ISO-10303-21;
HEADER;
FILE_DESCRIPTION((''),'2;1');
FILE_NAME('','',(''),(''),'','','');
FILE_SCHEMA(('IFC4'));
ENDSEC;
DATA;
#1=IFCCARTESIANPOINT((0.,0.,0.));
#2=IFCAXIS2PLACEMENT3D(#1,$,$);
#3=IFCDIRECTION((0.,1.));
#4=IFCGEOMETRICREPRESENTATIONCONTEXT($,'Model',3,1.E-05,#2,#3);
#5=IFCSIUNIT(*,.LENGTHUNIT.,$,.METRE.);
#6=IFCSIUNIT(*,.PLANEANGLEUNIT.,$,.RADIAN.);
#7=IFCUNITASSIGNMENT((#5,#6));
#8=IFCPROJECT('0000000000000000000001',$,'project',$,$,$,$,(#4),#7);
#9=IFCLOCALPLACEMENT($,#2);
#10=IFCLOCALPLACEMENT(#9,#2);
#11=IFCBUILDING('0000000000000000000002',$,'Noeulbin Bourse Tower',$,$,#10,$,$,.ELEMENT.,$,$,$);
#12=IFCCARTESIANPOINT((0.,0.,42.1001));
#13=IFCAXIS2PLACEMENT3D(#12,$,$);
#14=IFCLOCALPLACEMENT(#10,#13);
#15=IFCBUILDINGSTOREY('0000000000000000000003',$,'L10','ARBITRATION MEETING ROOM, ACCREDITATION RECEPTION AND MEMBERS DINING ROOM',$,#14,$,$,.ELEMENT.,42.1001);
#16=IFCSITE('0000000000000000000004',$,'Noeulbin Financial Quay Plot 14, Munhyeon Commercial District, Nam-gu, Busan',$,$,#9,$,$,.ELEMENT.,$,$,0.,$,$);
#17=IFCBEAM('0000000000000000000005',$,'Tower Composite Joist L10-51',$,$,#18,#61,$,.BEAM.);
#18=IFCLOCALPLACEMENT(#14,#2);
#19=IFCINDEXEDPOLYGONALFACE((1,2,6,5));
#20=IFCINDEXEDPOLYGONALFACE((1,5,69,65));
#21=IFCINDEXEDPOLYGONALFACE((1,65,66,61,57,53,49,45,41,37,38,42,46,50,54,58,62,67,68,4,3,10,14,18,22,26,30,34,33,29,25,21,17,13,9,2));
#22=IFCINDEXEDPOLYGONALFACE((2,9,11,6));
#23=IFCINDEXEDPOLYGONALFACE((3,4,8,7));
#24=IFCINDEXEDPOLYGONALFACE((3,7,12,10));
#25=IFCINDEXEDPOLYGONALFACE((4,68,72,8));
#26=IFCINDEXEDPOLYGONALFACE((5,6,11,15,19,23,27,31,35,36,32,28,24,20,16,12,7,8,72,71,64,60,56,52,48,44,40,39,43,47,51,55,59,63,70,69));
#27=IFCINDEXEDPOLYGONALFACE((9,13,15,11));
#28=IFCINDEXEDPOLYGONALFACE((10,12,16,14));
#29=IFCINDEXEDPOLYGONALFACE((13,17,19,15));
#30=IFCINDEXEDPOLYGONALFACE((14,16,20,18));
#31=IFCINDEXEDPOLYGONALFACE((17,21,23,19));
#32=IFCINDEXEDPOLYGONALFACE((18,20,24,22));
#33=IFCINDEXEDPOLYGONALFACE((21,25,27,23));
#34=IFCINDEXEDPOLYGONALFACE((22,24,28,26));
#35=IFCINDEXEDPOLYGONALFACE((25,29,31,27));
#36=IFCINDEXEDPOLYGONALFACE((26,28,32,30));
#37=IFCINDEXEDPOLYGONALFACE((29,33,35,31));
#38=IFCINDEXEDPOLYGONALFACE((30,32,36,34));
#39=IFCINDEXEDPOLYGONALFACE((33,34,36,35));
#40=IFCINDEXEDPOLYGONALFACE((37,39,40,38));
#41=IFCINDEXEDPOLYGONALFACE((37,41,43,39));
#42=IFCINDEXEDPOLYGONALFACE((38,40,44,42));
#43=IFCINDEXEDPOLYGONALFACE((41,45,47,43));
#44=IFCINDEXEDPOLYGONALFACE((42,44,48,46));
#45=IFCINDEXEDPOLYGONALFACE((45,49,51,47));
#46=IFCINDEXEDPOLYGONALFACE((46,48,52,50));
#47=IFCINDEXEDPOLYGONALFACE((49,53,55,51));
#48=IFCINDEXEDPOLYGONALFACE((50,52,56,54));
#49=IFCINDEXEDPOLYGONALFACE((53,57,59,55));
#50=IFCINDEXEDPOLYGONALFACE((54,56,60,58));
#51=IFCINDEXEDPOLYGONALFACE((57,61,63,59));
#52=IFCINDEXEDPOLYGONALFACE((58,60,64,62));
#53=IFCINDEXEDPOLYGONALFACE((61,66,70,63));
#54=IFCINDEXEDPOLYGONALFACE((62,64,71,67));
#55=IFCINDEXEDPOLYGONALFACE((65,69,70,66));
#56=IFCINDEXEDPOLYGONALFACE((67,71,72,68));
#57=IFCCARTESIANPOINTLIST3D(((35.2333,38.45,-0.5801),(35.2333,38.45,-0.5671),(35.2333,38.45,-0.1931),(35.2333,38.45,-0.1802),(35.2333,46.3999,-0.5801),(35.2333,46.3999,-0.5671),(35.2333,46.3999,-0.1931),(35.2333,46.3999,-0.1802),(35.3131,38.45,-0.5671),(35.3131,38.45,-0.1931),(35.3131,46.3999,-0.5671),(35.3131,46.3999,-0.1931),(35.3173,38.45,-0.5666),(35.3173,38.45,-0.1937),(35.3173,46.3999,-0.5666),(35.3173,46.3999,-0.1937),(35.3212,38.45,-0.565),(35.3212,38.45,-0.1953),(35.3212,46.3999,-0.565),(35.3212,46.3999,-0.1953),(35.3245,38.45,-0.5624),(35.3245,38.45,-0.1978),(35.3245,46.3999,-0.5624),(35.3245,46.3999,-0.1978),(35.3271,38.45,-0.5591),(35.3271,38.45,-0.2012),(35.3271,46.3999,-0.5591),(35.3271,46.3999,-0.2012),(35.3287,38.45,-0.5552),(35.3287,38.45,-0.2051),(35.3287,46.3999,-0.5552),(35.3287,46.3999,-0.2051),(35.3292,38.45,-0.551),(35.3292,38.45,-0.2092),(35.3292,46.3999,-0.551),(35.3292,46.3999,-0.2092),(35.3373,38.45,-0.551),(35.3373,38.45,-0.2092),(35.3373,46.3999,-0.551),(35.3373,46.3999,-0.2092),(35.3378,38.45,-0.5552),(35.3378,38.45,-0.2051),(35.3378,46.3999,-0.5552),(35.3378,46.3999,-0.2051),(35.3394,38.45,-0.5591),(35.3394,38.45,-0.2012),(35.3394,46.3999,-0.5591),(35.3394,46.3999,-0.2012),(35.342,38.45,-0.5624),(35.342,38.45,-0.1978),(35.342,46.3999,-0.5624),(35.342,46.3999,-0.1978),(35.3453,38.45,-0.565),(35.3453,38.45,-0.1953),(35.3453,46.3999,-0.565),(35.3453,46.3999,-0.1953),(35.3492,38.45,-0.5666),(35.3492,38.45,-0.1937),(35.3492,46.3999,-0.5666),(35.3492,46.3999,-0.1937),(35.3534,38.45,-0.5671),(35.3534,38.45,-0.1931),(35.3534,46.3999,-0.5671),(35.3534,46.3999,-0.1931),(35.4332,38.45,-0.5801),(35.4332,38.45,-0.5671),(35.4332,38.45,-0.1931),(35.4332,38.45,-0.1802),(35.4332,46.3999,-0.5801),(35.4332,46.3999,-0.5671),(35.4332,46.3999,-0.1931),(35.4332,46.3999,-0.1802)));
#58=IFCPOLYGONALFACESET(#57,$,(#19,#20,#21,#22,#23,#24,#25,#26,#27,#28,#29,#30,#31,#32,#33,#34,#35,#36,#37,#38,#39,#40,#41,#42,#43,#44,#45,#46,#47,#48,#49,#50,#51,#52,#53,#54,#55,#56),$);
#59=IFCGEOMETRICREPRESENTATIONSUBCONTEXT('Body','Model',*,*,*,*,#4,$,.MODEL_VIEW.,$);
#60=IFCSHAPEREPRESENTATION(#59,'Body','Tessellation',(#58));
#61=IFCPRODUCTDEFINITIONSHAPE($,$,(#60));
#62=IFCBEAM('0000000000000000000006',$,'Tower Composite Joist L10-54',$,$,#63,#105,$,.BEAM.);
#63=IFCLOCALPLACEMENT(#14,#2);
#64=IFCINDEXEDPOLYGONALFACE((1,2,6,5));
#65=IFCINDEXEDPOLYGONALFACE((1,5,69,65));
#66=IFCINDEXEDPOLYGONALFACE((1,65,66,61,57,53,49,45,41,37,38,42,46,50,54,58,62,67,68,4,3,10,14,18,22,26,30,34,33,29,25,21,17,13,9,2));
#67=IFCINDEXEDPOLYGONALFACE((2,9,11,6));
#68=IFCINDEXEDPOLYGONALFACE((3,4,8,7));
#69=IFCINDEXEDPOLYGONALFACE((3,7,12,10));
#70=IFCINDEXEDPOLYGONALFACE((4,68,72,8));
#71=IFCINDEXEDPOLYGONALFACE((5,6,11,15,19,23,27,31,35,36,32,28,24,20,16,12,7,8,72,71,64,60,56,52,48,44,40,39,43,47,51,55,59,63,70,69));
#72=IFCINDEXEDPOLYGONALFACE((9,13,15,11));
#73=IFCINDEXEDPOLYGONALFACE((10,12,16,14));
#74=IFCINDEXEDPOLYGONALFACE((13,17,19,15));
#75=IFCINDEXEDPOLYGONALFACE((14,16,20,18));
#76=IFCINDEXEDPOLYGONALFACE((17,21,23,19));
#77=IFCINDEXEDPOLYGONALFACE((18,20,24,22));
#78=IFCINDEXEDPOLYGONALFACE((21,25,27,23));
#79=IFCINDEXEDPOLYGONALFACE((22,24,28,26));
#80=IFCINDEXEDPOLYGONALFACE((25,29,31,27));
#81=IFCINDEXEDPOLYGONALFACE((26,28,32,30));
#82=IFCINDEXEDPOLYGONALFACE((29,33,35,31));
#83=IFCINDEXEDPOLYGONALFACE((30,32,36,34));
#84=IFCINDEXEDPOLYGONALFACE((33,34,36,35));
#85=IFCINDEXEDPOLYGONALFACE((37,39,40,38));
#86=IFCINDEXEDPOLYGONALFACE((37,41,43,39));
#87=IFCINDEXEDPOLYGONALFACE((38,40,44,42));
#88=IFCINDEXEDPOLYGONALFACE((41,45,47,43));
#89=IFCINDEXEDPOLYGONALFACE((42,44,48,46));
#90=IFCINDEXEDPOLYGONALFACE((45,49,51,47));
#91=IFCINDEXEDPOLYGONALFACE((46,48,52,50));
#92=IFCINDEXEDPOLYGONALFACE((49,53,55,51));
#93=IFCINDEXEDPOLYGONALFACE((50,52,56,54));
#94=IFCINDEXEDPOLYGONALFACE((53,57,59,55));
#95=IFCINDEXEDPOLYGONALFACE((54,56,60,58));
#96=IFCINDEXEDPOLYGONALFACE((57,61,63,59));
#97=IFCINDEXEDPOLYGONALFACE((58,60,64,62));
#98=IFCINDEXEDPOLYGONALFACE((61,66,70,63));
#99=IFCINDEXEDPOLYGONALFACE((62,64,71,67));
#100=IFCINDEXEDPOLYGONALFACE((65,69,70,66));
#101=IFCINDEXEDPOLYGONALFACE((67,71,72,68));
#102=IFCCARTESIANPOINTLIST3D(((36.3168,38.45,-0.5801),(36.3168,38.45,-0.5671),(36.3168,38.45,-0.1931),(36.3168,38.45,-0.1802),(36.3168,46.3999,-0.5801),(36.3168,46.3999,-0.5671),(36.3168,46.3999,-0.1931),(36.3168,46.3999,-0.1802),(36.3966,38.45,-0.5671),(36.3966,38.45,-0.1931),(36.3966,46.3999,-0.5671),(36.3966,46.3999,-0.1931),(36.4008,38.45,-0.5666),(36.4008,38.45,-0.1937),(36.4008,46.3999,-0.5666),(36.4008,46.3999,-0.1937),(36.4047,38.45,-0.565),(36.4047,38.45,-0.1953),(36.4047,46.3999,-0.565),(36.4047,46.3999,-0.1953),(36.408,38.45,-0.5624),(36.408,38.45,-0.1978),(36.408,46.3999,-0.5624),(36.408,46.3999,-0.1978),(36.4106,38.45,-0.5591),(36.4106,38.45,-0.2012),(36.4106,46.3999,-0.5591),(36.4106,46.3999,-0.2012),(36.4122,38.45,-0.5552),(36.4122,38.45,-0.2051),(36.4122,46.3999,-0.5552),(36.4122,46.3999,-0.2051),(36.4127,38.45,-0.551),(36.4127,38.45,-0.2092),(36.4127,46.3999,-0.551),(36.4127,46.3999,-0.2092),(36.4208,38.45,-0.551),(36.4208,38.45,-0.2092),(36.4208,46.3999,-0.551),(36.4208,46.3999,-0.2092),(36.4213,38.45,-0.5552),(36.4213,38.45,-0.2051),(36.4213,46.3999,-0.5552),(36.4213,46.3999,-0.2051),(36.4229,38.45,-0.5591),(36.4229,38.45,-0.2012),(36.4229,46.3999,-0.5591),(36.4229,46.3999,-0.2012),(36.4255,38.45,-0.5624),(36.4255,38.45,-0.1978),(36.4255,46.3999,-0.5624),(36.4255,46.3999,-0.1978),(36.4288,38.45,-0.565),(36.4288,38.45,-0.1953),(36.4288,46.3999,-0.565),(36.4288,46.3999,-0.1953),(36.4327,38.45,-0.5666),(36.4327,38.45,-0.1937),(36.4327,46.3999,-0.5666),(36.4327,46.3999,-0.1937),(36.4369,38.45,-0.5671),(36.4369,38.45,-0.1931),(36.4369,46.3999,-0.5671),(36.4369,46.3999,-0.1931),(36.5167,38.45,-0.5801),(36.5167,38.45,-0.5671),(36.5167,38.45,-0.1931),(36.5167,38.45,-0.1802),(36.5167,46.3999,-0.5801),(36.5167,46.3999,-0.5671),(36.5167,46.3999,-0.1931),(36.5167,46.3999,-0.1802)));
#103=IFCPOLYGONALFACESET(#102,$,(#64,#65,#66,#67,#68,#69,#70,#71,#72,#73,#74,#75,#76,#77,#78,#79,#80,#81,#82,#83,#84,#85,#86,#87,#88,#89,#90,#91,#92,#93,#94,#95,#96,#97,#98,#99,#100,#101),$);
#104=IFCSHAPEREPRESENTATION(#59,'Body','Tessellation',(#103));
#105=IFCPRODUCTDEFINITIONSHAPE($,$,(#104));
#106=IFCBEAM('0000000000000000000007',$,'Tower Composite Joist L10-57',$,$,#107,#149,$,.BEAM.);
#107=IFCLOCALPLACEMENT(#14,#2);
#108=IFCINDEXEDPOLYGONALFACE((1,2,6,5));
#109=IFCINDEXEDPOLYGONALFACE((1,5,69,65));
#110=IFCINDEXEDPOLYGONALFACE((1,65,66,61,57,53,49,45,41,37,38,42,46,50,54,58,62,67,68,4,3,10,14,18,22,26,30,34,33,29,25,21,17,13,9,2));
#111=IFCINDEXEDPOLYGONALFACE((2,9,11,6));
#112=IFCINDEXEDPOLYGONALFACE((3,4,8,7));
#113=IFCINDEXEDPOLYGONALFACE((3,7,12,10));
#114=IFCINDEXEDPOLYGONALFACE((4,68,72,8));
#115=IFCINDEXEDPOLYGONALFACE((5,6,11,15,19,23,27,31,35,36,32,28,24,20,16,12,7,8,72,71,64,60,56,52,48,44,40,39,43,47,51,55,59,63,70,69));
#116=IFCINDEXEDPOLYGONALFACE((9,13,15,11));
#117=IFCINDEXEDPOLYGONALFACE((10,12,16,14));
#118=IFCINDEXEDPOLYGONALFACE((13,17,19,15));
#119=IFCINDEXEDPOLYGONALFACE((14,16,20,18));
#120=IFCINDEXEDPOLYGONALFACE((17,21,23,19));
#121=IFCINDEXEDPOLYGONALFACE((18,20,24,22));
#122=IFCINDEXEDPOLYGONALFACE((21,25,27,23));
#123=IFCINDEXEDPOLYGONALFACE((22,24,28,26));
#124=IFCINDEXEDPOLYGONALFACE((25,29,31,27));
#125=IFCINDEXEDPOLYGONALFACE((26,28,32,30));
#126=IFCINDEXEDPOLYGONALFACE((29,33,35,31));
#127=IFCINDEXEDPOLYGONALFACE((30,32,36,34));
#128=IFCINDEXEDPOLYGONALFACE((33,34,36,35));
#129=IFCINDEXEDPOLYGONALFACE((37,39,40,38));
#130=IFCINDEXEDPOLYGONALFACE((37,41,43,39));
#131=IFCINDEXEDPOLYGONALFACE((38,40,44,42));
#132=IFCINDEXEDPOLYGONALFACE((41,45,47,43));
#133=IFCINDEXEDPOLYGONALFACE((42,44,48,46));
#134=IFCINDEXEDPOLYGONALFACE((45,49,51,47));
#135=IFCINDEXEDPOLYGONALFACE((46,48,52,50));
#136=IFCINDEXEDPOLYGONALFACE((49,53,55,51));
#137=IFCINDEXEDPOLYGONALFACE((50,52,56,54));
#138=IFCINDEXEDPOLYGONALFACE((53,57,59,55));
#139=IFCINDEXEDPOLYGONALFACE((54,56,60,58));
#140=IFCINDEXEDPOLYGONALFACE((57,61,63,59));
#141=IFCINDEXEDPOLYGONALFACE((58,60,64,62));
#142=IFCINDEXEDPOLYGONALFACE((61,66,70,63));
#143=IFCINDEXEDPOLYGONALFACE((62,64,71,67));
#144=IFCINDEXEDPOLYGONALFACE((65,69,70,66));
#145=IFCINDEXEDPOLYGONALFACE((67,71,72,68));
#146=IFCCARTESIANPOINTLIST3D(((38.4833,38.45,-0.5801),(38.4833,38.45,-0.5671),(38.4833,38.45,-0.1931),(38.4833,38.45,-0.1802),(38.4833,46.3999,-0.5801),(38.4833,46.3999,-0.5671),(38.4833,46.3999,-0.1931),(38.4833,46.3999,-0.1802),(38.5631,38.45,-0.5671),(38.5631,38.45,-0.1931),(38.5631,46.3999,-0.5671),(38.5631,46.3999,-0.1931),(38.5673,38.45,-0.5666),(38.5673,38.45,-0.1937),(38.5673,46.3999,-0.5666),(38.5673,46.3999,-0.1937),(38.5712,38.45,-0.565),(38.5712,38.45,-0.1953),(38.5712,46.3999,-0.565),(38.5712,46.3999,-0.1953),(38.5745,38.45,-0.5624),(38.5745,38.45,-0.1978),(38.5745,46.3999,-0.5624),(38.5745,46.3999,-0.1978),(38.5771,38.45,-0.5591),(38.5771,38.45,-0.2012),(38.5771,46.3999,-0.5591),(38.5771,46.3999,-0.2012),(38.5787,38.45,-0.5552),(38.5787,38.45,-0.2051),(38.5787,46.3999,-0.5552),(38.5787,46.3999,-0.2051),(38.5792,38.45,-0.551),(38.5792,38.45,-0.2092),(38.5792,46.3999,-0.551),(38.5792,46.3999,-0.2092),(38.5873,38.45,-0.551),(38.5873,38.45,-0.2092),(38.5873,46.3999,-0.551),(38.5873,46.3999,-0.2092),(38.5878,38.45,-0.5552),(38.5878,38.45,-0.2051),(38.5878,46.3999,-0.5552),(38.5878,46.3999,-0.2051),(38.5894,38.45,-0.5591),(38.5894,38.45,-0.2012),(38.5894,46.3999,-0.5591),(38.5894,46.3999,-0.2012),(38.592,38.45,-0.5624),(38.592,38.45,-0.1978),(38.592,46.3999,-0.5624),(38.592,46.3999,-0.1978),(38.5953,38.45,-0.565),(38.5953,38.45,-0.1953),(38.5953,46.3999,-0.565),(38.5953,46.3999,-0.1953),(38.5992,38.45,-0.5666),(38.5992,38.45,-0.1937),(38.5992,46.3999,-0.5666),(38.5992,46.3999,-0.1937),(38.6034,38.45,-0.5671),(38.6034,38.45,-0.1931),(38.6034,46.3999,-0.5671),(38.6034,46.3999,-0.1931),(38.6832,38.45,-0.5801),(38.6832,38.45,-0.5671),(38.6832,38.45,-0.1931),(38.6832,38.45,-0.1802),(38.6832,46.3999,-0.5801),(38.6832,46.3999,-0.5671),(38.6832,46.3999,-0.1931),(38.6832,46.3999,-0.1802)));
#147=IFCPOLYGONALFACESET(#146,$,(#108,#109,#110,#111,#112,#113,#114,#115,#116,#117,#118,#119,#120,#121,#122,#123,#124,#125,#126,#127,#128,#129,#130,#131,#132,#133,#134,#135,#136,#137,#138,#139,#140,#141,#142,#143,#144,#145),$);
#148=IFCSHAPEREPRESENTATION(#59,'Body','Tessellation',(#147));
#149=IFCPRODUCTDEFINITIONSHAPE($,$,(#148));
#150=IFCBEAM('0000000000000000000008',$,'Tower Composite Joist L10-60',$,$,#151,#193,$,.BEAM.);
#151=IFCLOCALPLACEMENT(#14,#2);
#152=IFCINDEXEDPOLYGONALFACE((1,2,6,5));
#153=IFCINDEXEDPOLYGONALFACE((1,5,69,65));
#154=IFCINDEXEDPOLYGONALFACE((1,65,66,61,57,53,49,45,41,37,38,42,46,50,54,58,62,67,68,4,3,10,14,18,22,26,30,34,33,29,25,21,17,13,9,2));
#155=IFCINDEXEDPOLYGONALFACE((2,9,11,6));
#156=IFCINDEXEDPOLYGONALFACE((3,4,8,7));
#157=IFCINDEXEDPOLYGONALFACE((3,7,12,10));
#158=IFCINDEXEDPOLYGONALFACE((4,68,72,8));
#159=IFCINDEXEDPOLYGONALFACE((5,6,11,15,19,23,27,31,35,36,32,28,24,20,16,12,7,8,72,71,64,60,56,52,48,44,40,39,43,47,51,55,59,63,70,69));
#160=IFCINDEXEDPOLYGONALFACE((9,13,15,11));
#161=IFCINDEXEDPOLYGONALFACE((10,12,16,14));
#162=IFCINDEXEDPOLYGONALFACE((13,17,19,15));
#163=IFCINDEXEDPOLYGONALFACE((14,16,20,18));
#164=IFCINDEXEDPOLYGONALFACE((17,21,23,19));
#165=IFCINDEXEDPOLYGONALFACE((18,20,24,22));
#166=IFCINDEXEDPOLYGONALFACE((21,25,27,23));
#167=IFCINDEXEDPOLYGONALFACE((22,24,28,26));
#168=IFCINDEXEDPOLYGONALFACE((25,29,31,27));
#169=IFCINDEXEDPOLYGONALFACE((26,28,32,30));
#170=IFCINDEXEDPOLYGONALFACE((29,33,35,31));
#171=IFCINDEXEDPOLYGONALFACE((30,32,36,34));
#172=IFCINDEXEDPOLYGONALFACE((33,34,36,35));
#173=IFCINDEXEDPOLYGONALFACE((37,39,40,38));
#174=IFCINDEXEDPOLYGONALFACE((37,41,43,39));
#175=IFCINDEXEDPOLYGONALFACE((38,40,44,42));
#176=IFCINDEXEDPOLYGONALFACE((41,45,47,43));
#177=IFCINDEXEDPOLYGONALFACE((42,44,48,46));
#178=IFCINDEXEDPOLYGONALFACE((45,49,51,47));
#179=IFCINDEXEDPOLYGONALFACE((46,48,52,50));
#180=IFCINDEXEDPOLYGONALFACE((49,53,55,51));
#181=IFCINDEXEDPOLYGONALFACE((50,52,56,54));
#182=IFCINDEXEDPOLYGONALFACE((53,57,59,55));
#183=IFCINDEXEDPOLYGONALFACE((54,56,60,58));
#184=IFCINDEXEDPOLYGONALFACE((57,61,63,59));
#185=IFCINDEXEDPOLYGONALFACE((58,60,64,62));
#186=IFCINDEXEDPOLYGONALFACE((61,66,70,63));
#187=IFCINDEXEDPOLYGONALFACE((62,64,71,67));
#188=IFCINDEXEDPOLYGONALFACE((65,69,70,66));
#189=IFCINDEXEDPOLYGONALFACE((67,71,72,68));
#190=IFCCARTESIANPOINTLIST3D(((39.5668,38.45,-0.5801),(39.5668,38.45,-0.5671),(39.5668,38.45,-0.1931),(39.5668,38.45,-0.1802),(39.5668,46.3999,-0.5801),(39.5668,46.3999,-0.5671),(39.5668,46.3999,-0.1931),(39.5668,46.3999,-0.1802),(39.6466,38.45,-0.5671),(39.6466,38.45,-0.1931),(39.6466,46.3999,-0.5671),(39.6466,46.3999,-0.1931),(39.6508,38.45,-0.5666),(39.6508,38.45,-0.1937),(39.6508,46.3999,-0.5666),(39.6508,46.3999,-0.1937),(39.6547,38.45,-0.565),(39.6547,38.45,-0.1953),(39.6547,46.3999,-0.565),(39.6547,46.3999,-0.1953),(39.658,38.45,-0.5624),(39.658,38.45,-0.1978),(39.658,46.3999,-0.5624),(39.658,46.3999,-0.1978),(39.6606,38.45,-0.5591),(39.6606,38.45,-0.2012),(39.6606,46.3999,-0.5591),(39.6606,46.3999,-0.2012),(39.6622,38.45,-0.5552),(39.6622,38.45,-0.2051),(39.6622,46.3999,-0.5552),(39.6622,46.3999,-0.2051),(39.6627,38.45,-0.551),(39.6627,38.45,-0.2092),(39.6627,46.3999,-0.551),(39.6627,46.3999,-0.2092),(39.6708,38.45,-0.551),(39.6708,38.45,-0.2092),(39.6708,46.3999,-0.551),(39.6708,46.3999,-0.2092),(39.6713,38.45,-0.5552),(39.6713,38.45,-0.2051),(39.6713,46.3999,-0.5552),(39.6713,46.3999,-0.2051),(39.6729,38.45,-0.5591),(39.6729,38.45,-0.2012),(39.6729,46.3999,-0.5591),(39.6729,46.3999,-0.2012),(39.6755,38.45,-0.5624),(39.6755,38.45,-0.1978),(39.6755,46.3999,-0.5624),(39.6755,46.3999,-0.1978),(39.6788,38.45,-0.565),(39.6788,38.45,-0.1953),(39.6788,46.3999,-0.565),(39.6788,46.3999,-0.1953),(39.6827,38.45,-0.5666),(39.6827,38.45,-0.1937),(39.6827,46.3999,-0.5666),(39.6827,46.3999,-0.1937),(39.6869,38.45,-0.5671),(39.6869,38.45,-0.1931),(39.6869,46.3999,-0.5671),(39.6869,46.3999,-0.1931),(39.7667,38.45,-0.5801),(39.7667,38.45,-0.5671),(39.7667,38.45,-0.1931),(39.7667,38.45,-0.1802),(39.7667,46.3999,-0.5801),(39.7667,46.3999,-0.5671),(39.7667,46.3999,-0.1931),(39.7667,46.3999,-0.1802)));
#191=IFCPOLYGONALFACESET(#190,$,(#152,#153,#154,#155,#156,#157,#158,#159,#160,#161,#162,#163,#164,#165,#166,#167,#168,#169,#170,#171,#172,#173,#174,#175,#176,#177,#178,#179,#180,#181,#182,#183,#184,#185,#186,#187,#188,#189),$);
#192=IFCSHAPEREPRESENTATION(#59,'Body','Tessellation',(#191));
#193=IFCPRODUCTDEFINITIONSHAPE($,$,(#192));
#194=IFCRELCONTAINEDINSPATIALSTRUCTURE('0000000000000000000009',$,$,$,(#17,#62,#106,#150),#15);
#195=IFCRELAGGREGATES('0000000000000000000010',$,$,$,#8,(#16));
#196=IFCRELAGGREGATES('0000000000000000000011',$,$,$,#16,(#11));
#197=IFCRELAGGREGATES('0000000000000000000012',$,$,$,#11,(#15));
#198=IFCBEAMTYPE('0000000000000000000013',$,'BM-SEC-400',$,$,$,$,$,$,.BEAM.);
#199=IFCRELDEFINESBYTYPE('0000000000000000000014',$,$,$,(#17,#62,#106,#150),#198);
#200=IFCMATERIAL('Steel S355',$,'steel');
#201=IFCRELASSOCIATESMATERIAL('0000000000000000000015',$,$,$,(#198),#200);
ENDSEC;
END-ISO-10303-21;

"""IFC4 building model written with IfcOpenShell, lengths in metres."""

from ifc_helpers import new_model, si_unit, direction, frame, origin, origin_2d, place, context, subcontext, project, spatial, i_section, extrude, material, material_profile, profile_set, type_object, element, save


model = new_model("IFC4")

# Units and contexts
model_context = context("Model", 3, precision=1e-05, world=origin(), true_north=direction((0.0, 1.0)))
body_context = subcontext(model_context, "Body", "Model", "MODEL_VIEW")
ifc_project = project(units=[si_unit("LENGTHUNIT", "METRE"), si_unit("PLANEANGLEUNIT", "RADIAN")], contexts=[model_context])

# Site, building, storey
site_placement = place(None, origin())
site = spatial("IfcSite", under=ifc_project, at=site_placement, Name="Noeulbin Financial Quay Plot 14, Munhyeon Commercial District, Nam-gu, Busan", CompositionType="ELEMENT", RefElevation=0.0)
building_placement = place(site_placement, origin())
building = spatial("IfcBuilding", under=site, at=building_placement, Name="Noeulbin Bourse Tower", CompositionType="ELEMENT")
storey_placement = place(building_placement, frame((0.0, 0.0, 42.1001)))
storey = spatial("IfcBuildingStorey", under=building, at=storey_placement, Name="L10", Description="ARBITRATION MEETING ROOM, ACCREDITATION RECEPTION AND MEMBERS DINING ROOM", CompositionType="ELEMENT", Elevation=42.1001)

# Beams
ifc_material_1 = material(Name="Steel S355", Category="steel")
ifc_material_profile_1 = material_profile(ifc_material_1, i_section(OverallWidth=0.2, OverallDepth=0.3999, WebThickness=0.0081, FlangeThickness=0.0129, FilletRadius=0.0161, at=origin_2d()), Name="H-400x200x8x13", Category="LoadBearing")
ifc_profile_set_1 = profile_set([ifc_material_profile_1], Name="Steel S355")
beam_type_1 = type_object("IfcBeamType", Name="BM-SEC-400", PredefinedType="BEAM", material=ifc_profile_set_1)
for number, where, z_axis, x_axis, name in (
    (1, (35.3333, 38.45, -0.3801), (0.0, 1.0, 0.0), (-1.0, 0.0, 0.0), "Tower Composite Joist L10-51"),
    (2, (36.4167, 38.45, -0.3801), (0.0, 1.0, 0.0), (-1.0, 0.0, 0.0), "Tower Composite Joist L10-54"),
    (3, (38.5833, 38.45, -0.3801), (0.0, 1.0, 0.0), (-1.0, 0.0, 0.0), "Tower Composite Joist L10-57"),
    (4, (39.6667, 38.45, -0.3801), (0.0, 1.0, 0.0), (-1.0, 0.0, 0.0), "Tower Composite Joist L10-60"),
):
    element("IfcBeam", number, at=place(storey_placement, frame(where, z_axis=z_axis, x_axis=x_axis)), inside=storey, type_object=beam_type_1, Name=name, PredefinedType="BEAM", context=body_context, shape_type="SweptSolid", body=[
        extrude(i_section(OverallWidth=0.2, OverallDepth=0.3999, WebThickness=0.0081, FlangeThickness=0.0129, FilletRadius=0.0161, at=origin_2d()), origin(), (0.0, 0.0, 1.0), 7.95),
    ])

save(model, "model.ifc")
